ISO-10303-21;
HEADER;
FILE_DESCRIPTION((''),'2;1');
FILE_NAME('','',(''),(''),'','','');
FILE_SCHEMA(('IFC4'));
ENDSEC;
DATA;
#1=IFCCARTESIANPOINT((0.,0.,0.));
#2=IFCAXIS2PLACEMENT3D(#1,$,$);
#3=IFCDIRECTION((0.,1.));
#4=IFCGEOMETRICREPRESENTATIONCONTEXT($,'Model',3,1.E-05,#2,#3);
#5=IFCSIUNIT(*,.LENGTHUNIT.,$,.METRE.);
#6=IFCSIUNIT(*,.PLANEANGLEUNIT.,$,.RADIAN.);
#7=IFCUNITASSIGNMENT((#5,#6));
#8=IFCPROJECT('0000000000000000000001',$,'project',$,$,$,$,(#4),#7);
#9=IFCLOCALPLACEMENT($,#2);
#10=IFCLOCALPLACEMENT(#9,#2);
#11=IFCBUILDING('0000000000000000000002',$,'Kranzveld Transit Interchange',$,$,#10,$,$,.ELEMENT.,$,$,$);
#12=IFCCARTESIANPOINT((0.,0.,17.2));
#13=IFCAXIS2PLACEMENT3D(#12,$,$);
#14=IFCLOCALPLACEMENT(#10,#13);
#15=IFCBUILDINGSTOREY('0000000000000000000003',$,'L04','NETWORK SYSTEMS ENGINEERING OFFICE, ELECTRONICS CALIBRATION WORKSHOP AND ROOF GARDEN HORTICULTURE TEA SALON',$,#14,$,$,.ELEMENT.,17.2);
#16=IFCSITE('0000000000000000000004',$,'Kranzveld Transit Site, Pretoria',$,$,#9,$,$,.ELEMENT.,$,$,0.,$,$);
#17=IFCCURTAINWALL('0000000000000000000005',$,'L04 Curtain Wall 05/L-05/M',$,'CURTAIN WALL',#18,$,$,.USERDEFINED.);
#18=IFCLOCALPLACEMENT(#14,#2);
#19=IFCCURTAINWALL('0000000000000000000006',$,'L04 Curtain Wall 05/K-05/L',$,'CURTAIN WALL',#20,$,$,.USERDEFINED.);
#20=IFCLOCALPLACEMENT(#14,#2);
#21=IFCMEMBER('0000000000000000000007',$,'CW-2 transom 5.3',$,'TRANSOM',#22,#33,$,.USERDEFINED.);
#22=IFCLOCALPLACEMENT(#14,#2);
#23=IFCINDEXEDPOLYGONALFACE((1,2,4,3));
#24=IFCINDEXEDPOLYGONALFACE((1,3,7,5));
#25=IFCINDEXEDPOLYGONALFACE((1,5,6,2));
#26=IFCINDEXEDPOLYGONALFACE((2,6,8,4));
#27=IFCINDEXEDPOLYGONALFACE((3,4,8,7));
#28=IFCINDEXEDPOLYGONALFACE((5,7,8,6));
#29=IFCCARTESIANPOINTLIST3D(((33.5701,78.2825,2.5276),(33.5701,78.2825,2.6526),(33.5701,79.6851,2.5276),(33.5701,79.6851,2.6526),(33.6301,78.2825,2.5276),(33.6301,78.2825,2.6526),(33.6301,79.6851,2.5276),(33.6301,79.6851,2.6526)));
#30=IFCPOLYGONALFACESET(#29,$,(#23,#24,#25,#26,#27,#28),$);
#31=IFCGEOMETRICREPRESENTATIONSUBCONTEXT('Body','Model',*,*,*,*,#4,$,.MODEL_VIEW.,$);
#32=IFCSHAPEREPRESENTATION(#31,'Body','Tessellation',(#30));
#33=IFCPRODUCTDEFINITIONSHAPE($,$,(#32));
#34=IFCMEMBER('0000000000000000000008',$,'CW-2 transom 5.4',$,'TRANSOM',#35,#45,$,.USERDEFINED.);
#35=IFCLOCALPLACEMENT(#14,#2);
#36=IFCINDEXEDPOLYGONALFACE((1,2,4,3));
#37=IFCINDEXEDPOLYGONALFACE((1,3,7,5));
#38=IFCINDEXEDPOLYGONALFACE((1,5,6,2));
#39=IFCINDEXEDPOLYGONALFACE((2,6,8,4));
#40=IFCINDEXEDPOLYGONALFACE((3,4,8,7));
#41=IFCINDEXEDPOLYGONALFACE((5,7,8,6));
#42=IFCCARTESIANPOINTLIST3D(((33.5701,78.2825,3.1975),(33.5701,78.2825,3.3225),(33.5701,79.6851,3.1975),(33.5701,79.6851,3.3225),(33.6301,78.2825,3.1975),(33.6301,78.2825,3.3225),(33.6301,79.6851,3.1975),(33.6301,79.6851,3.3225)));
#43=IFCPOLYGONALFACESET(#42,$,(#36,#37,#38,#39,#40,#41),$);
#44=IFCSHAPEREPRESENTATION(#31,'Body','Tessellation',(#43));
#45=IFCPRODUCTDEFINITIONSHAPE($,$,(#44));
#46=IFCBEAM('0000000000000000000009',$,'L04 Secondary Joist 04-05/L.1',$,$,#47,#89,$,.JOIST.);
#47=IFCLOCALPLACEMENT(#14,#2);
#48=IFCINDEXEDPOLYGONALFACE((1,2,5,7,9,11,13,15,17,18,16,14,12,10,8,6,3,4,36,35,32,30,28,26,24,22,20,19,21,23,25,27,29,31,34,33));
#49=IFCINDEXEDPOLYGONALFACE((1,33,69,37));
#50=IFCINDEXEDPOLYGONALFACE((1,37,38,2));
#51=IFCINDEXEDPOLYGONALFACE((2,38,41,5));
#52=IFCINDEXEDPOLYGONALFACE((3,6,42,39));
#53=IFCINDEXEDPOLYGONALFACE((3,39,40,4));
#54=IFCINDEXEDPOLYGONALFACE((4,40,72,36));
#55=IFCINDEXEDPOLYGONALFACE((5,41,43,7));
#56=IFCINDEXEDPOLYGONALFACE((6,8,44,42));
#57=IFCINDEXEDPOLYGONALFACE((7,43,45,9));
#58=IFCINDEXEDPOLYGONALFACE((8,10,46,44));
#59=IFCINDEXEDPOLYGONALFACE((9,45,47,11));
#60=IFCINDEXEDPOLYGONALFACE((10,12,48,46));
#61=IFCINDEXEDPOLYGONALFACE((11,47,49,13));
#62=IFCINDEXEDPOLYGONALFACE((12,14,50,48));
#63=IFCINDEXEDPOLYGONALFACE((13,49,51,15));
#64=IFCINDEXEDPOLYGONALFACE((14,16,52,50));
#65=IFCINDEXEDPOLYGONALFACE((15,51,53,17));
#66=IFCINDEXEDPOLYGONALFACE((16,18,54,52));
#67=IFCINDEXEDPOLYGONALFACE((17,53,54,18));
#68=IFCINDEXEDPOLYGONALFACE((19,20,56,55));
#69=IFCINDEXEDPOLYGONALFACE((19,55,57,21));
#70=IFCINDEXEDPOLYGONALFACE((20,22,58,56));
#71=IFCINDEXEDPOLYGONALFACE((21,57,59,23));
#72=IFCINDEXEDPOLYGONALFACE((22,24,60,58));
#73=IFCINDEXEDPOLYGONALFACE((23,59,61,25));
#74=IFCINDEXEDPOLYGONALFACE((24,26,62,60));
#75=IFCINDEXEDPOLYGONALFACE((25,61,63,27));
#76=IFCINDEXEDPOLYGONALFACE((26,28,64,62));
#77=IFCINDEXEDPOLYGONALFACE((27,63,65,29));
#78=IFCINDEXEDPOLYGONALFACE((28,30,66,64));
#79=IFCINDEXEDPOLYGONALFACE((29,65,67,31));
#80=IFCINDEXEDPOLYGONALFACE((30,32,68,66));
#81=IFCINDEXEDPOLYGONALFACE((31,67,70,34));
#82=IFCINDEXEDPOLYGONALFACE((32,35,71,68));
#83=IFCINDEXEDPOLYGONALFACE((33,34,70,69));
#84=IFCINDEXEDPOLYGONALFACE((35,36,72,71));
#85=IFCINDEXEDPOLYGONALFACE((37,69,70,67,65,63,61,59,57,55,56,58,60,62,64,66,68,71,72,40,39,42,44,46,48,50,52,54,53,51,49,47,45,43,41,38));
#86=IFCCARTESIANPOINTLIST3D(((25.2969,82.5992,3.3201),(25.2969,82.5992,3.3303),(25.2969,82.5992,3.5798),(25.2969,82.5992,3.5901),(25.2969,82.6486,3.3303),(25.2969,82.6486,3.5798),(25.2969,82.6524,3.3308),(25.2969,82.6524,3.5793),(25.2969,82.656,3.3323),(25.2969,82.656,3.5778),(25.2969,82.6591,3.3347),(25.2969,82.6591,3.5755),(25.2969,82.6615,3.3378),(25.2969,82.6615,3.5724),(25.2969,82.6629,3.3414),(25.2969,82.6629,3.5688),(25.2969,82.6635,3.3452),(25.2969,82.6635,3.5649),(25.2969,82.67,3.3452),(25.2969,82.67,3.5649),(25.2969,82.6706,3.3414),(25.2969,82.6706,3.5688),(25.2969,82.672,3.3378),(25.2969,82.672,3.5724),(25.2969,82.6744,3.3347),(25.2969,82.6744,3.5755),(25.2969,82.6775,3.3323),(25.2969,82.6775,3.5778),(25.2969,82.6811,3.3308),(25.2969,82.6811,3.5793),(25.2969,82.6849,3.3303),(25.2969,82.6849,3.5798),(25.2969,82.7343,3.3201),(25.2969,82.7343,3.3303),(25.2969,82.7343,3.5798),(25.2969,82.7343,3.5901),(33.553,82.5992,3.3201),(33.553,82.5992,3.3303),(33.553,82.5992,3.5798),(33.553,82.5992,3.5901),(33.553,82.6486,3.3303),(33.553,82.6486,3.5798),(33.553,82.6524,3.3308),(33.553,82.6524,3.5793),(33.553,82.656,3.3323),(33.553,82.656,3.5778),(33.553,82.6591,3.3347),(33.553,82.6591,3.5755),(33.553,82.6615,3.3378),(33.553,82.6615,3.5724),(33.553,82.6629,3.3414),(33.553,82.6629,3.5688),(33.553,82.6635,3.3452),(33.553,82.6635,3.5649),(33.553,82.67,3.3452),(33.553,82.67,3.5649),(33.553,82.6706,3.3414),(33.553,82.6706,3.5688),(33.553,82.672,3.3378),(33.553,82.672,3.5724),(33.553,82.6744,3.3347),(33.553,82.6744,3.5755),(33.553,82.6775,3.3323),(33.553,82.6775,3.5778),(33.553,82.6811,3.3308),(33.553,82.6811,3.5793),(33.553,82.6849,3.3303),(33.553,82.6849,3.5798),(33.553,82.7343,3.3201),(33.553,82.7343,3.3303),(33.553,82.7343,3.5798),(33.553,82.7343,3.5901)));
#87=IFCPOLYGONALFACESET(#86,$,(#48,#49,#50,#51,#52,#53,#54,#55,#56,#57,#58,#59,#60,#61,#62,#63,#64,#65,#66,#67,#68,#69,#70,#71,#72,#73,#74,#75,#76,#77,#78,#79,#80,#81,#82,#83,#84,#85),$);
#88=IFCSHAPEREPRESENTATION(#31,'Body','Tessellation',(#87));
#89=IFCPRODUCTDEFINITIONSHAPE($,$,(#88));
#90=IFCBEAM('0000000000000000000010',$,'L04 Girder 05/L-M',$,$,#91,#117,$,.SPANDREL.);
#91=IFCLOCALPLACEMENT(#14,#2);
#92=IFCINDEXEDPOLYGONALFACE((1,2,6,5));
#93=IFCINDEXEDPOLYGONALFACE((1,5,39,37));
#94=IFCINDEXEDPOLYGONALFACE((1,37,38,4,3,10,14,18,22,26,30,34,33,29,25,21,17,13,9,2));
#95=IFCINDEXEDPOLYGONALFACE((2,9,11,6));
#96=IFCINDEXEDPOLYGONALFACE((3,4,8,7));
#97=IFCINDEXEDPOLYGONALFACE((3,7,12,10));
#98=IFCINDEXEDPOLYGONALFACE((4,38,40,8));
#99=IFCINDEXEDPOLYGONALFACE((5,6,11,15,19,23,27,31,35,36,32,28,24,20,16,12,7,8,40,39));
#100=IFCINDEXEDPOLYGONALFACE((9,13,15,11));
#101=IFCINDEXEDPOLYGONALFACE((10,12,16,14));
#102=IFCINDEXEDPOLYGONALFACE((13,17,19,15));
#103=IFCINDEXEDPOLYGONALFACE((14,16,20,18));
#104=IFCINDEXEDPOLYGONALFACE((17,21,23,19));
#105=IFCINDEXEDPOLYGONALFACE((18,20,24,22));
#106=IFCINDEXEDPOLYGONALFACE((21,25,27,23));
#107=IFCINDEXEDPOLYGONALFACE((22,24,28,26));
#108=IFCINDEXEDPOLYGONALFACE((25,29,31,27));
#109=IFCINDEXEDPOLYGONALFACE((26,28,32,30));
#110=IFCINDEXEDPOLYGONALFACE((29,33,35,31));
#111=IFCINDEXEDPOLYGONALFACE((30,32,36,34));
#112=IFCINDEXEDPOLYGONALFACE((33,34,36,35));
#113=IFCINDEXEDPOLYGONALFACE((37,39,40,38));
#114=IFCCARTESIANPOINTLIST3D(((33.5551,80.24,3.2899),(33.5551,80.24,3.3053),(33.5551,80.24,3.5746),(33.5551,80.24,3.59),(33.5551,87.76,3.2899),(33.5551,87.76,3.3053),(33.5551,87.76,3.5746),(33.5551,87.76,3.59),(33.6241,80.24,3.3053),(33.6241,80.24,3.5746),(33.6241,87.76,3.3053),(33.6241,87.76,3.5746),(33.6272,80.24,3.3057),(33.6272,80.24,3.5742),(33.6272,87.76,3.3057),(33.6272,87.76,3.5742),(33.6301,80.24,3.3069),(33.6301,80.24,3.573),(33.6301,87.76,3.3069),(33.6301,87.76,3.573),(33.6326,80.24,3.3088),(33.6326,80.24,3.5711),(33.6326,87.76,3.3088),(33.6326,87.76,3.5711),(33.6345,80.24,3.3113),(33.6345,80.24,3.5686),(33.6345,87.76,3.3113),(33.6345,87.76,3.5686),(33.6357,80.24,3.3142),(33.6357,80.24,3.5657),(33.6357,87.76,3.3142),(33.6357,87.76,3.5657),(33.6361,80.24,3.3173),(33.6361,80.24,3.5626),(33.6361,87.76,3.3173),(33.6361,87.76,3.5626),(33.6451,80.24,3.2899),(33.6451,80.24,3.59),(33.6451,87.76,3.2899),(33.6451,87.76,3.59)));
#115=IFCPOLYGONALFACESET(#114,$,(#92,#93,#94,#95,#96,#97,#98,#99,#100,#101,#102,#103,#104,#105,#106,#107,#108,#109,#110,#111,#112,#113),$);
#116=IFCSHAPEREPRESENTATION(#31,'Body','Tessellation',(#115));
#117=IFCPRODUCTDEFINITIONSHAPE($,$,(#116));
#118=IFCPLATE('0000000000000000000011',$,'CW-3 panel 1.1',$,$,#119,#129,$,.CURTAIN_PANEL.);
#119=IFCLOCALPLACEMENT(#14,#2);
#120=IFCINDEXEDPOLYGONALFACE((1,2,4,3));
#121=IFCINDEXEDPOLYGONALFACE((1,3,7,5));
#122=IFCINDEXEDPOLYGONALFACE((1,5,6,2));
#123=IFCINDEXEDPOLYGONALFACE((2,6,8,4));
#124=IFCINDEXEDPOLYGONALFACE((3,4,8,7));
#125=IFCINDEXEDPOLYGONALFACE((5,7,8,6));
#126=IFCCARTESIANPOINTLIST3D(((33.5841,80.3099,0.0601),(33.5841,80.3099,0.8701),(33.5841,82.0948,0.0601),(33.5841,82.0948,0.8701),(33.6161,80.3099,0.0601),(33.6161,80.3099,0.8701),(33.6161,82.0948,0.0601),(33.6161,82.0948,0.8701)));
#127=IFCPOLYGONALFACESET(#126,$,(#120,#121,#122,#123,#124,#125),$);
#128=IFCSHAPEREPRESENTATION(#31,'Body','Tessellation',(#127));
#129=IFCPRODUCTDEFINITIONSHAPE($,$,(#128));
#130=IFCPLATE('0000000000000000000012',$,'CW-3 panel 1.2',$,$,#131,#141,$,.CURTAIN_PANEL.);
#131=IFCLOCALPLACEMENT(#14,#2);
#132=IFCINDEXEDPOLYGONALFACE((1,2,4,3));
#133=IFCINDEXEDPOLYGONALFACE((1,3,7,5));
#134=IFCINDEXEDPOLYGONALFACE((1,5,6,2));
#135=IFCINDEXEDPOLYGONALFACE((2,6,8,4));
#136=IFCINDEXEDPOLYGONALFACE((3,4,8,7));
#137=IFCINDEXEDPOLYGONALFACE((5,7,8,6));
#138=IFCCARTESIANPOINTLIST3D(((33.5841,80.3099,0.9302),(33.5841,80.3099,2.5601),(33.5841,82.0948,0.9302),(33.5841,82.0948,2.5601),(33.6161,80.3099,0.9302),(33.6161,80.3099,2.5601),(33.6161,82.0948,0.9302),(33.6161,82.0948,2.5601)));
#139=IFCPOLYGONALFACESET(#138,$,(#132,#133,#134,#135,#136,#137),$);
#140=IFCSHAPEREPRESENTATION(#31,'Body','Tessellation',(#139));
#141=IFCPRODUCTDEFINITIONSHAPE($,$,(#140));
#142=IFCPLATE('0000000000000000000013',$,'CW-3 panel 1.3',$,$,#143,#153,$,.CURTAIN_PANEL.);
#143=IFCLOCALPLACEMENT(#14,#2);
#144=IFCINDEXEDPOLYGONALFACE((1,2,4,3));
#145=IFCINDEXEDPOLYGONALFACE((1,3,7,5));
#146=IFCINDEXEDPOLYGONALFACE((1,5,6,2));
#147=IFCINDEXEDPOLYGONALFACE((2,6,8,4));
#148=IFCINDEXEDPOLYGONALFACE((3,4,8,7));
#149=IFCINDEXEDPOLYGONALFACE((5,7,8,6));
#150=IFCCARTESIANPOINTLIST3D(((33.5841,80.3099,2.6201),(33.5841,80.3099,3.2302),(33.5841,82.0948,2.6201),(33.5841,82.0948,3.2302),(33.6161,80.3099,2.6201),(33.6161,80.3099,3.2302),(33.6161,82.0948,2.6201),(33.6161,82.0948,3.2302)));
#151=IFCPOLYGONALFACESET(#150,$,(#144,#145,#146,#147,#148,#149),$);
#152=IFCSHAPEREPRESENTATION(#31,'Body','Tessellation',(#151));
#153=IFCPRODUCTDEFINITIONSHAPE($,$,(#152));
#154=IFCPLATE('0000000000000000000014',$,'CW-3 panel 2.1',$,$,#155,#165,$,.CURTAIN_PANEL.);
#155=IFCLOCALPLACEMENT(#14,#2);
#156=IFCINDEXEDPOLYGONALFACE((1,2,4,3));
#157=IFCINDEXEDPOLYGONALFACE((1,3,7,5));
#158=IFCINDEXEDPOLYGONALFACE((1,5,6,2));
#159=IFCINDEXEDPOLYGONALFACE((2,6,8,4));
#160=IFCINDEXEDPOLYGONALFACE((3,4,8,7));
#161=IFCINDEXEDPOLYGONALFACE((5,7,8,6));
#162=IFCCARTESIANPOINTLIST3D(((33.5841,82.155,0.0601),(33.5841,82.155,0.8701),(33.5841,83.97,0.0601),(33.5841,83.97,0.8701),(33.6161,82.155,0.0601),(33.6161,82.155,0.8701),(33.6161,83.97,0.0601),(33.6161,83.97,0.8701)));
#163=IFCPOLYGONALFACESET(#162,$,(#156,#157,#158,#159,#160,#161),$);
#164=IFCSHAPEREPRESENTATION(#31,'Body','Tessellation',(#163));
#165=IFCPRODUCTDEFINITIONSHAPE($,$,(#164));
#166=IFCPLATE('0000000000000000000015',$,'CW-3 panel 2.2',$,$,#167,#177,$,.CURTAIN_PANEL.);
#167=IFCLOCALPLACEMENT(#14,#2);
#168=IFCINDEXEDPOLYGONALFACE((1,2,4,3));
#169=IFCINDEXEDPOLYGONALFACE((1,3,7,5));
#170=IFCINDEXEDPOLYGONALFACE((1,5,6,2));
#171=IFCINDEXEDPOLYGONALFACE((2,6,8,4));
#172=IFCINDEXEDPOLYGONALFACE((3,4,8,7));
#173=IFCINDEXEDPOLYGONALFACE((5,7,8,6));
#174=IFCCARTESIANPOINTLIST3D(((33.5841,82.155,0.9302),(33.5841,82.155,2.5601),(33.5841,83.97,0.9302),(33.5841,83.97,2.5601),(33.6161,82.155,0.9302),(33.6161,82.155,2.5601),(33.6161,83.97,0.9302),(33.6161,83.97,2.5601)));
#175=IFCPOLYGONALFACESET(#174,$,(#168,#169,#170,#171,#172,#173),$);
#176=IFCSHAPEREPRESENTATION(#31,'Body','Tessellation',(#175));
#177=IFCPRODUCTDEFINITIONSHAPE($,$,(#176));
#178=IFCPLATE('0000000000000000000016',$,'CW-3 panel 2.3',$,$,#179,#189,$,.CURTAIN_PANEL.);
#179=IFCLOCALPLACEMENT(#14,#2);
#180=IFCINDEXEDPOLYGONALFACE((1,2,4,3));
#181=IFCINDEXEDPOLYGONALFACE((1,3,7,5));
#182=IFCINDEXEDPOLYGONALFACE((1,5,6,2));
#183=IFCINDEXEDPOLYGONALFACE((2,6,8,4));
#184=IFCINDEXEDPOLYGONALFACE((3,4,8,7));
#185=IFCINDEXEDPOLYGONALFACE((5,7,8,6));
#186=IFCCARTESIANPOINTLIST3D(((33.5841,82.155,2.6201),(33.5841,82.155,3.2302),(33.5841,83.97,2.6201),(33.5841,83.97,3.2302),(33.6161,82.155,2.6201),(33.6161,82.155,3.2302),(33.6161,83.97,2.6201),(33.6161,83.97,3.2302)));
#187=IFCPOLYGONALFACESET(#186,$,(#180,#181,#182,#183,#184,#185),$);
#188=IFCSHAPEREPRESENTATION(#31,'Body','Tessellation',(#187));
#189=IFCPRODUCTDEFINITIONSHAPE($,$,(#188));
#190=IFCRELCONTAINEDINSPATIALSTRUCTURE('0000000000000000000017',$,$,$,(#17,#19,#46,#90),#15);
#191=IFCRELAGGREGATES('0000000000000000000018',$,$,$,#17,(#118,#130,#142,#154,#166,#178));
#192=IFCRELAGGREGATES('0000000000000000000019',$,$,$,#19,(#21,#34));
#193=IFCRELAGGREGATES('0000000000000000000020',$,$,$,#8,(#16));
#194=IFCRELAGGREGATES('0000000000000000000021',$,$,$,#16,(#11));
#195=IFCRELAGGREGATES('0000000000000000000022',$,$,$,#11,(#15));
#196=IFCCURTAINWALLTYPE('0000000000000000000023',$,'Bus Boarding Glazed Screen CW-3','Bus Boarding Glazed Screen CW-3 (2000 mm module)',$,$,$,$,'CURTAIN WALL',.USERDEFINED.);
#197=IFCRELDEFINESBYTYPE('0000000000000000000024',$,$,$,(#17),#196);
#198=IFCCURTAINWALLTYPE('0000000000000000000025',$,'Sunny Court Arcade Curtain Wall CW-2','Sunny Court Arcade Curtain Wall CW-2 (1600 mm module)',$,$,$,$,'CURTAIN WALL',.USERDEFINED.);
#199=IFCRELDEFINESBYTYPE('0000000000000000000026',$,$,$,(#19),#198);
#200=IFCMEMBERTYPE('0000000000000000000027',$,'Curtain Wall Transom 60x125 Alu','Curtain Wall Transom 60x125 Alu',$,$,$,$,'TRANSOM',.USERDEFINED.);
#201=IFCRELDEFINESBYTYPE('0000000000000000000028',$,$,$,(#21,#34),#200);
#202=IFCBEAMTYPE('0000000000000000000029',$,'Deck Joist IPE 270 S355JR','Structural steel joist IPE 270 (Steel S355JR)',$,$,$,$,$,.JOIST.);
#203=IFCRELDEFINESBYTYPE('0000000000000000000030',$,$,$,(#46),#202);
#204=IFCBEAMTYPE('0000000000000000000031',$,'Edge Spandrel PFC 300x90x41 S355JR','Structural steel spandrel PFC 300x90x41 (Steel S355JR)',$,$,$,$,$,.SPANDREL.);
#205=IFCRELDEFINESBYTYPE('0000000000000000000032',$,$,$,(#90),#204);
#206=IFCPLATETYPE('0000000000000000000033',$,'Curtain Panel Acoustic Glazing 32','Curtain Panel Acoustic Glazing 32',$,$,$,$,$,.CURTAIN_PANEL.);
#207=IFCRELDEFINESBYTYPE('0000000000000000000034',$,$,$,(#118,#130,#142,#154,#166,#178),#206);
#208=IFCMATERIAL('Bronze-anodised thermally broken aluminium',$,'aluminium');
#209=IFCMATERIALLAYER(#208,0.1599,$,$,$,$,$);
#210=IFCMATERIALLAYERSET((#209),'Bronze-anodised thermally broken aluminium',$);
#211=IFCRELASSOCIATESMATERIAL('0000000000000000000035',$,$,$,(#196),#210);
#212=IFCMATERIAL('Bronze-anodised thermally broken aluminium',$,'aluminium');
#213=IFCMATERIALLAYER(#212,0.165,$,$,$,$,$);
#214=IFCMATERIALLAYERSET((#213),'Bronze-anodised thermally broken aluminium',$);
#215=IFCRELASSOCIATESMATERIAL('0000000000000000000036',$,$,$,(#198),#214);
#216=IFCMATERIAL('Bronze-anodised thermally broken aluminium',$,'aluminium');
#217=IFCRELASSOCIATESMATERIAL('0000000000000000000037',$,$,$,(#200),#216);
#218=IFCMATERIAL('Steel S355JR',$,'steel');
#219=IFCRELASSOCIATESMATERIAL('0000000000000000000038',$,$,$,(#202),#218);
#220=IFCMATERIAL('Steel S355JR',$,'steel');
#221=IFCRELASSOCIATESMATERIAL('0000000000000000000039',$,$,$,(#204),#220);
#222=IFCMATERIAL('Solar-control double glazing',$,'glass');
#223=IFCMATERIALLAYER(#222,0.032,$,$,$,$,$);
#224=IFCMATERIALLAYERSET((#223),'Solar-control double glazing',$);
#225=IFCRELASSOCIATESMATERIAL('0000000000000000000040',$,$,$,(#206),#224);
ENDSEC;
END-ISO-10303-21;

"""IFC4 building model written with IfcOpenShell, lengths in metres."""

from ifc_helpers import new_model, si_unit, direction, frame, origin, origin_2d, place, context, subcontext, project, spatial, rectangle, i_section, u_section, extrude, material, layer, layer_set, material_profile, profile_set, type_object, element, aggregate, save


model = new_model("IFC4")

# Units and contexts
model_context = context("Model", 3, precision=1e-05, world=origin(), true_north=direction((0.0, 1.0)))
body_context = subcontext(model_context, "Body", "Model", "MODEL_VIEW")
ifc_project = project(units=[si_unit("LENGTHUNIT", "METRE"), si_unit("PLANEANGLEUNIT", "RADIAN")], contexts=[model_context])

# Site, building, storey
site_placement = place(None, origin())
site = spatial("IfcSite", under=ifc_project, at=site_placement, Name="Kranzveld Transit Site, Pretoria", CompositionType="ELEMENT", RefElevation=0.0)
building_placement = place(site_placement, origin())
building = spatial("IfcBuilding", under=site, at=building_placement, Name="Kranzveld Transit Interchange", CompositionType="ELEMENT")
storey_placement = place(building_placement, frame((0.0, 0.0, 17.2)))
storey = spatial("IfcBuildingStorey", under=building, at=storey_placement, Name="L04", Description="NETWORK SYSTEMS ENGINEERING OFFICE, ELECTRONICS CALIBRATION WORKSHOP AND ROOF GARDEN HORTICULTURE TEA SALON", CompositionType="ELEMENT", Elevation=17.2)

# Curtain wall
ifc_material_1 = material(Name="Bronze-anodised thermally broken aluminium", Category="aluminium")
ifc_layer_1 = layer(ifc_material_1, 0.1599)
ifc_layer_set_1 = layer_set([ifc_layer_1], Name="Bronze-anodised thermally broken aluminium")
curtain_wall_type_1 = type_object("IfcCurtainWallType", Name="Bus Boarding Glazed Screen CW-3", Description="Bus Boarding Glazed Screen CW-3 (2000 mm module)", ElementType="CURTAIN WALL", PredefinedType="USERDEFINED", material=ifc_layer_set_1)
curtain_wall_1_placement = place(storey_placement, origin())
curtain_wall_1 = element("IfcCurtainWall", 1, at=curtain_wall_1_placement, inside=storey, type_object=curtain_wall_type_1, Name="L04 Curtain Wall 05/L-05/M", ObjectType="CURTAIN WALL", PredefinedType="USERDEFINED")

# Curtain wall
ifc_material_2 = material(Name="Bronze-anodised thermally broken aluminium", Category="aluminium")
ifc_layer_2 = layer(ifc_material_2, 0.165)
ifc_layer_set_2 = layer_set([ifc_layer_2], Name="Bronze-anodised thermally broken aluminium")
curtain_wall_type_2 = type_object("IfcCurtainWallType", Name="Sunny Court Arcade Curtain Wall CW-2", Description="Sunny Court Arcade Curtain Wall CW-2 (1600 mm module)", ElementType="CURTAIN WALL", PredefinedType="USERDEFINED", material=ifc_layer_set_2)
curtain_wall_2_placement = place(storey_placement, origin())
curtain_wall_2 = element("IfcCurtainWall", 2, at=curtain_wall_2_placement, inside=storey, type_object=curtain_wall_type_2, Name="L04 Curtain Wall 05/K-05/L", ObjectType="CURTAIN WALL", PredefinedType="USERDEFINED")

# Members
ifc_material_3 = material(Name="Bronze-anodised thermally broken aluminium", Category="aluminium")
ifc_material_profile_1 = material_profile(ifc_material_3, rectangle(XDim=0.0601, YDim=0.125, at=origin_2d()), Name="ALU TRANSOM 60x125")
ifc_profile_set_1 = profile_set([ifc_material_profile_1], Name="Bronze-anodised thermally broken aluminium")
member_type_1 = type_object("IfcMemberType", Name="Curtain Wall Transom 60x125 Alu", Description="Curtain Wall Transom 60x125 Alu", ElementType="TRANSOM", PredefinedType="USERDEFINED", material=ifc_profile_set_1)
member_1_placement = place(storey_placement, frame((33.6001, 78.2825, 2.5901), z_axis=(0.0, 1.0, 0.0), x_axis=(-1.0, 0.0, 0.0)))
member_1 = element("IfcMember", 3, at=member_1_placement, type_object=member_type_1, Name="CW-2 transom 5.3", ObjectType="TRANSOM", PredefinedType="USERDEFINED", context=body_context, shape_type="SweptSolid", body=[
    extrude(rectangle(XDim=0.0601, YDim=0.125, at=origin_2d()), origin(), (0.0, 0.0, 1.0), 1.4026),
])
member_2_placement = place(storey_placement, frame((33.6001, 78.2825, 3.26), z_axis=(0.0, 1.0, 0.0), x_axis=(-1.0, 0.0, 0.0)))
member_2 = element("IfcMember", 4, at=member_2_placement, type_object=member_type_1, Name="CW-2 transom 5.4", ObjectType="TRANSOM", PredefinedType="USERDEFINED", context=body_context, shape_type="SweptSolid", body=[
    extrude(rectangle(XDim=0.0601, YDim=0.125, at=origin_2d()), origin(), (0.0, 0.0, 1.0), 1.4026),
])

# Beams
ifc_material_4 = material(Name="Steel S355JR", Category="steel")
ifc_material_profile_2 = material_profile(ifc_material_4, i_section(OverallWidth=0.135, OverallDepth=0.27, WebThickness=0.0066, FlangeThickness=0.0103, FilletRadius=0.0149, at=origin_2d()), Name="IPE 270")
ifc_profile_set_2 = profile_set([ifc_material_profile_2], Name="Steel S355JR")
beam_type_1 = type_object("IfcBeamType", Name="Deck Joist IPE 270 S355JR", Description="Structural steel joist IPE 270 (Steel S355JR)", PredefinedType="JOIST", material=ifc_profile_set_2)
beam_1_placement = place(storey_placement, frame((25.2969, 82.6667, 3.4551), z_axis=(1.0, 0.0, 0.0), x_axis=(0.0, 1.0, 0.0)))
element("IfcBeam", 5, at=beam_1_placement, inside=storey, type_object=beam_type_1, Name="L04 Secondary Joist 04-05/L.1", PredefinedType="JOIST", context=body_context, shape_type="SweptSolid", body=[
    extrude(i_section(OverallWidth=0.135, OverallDepth=0.27, WebThickness=0.0066, FlangeThickness=0.0103, FilletRadius=0.0149, at=origin_2d()), origin(), (0.0, 0.0, 1.0), 8.2561),
])
ifc_material_5 = material(Name="Steel S355JR", Category="steel")
ifc_material_profile_3 = material_profile(ifc_material_5, u_section(Depth=0.3, FlangeWidth=0.0901, WebThickness=0.009, FlangeThickness=0.0154, FilletRadius=0.012, at=origin_2d()), Name="PFC 300x90x41")
ifc_profile_set_3 = profile_set([ifc_material_profile_3], Name="Steel S355JR")
beam_type_2 = type_object("IfcBeamType", Name="Edge Spandrel PFC 300x90x41 S355JR", Description="Structural steel spandrel PFC 300x90x41 (Steel S355JR)", PredefinedType="SPANDREL", material=ifc_profile_set_3)
beam_2_placement = place(storey_placement, frame((33.6001, 80.24, 3.4399), z_axis=(0.0, 1.0, 0.0), x_axis=(-1.0, 0.0, 0.0)))
element("IfcBeam", 6, at=beam_2_placement, inside=storey, type_object=beam_type_2, Name="L04 Girder 05/L-M", PredefinedType="SPANDREL", context=body_context, shape_type="SweptSolid", body=[
    extrude(u_section(Depth=0.3, FlangeWidth=0.0901, WebThickness=0.009, FlangeThickness=0.0154, FilletRadius=0.012, at=origin_2d()), origin(), (0.0, 0.0, 1.0), 7.52),
])

# Plates
ifc_material_6 = material(Name="Solar-control double glazing", Category="glass")
ifc_layer_3 = layer(ifc_material_6, 0.032)
ifc_layer_set_3 = layer_set([ifc_layer_3], Name="Solar-control double glazing")
plate_type_1 = type_object("IfcPlateType", Name="Curtain Panel Acoustic Glazing 32", Description="Curtain Panel Acoustic Glazing 32", PredefinedType="CURTAIN_PANEL", material=ifc_layer_set_3)
plate_1_placement = place(storey_placement, frame((33.6001, 81.2024, 0.0601), z_axis=(0.0, 0.0, 1.0), x_axis=(0.0, 1.0, 0.0)))
plate_1 = element("IfcPlate", 7, at=plate_1_placement, type_object=plate_type_1, Name="CW-3 panel 1.1", PredefinedType="CURTAIN_PANEL", context=body_context, shape_type="SweptSolid", body=[
    extrude(rectangle(XDim=1.7849, YDim=0.032, at=origin_2d()), origin(), (0.0, 0.0, 1.0), 0.8101),
])
plate_2_placement = place(storey_placement, frame((33.6001, 81.2024, 0.9302), z_axis=(0.0, 0.0, 1.0), x_axis=(0.0, 1.0, 0.0)))
plate_2 = element("IfcPlate", 8, at=plate_2_placement, type_object=plate_type_1, Name="CW-3 panel 1.2", PredefinedType="CURTAIN_PANEL", context=body_context, shape_type="SweptSolid", body=[
    extrude(rectangle(XDim=1.7849, YDim=0.032, at=origin_2d()), origin(), (0.0, 0.0, 1.0), 1.6299),
])
plate_3_placement = place(storey_placement, frame((33.6001, 81.2024, 2.6201), z_axis=(0.0, 0.0, 1.0), x_axis=(0.0, 1.0, 0.0)))
plate_3 = element("IfcPlate", 9, at=plate_3_placement, type_object=plate_type_1, Name="CW-3 panel 1.3", PredefinedType="CURTAIN_PANEL", context=body_context, shape_type="SweptSolid", body=[
    extrude(rectangle(XDim=1.7849, YDim=0.032, at=origin_2d()), origin(), (0.0, 0.0, 1.0), 0.6101),
])
plate_4_placement = place(storey_placement, frame((33.6001, 83.0625, 0.0601), z_axis=(0.0, 0.0, 1.0), x_axis=(0.0, 1.0, 0.0)))
plate_4 = element("IfcPlate", 10, at=plate_4_placement, type_object=plate_type_1, Name="CW-3 panel 2.1", PredefinedType="CURTAIN_PANEL", context=body_context, shape_type="SweptSolid", body=[
    extrude(rectangle(XDim=1.8149, YDim=0.032, at=origin_2d()), origin(), (0.0, 0.0, 1.0), 0.8101),
])
plate_5_placement = place(storey_placement, frame((33.6001, 83.0625, 0.9302), z_axis=(0.0, 0.0, 1.0), x_axis=(0.0, 1.0, 0.0)))
plate_5 = element("IfcPlate", 11, at=plate_5_placement, type_object=plate_type_1, Name="CW-3 panel 2.2", PredefinedType="CURTAIN_PANEL", context=body_context, shape_type="SweptSolid", body=[
    extrude(rectangle(XDim=1.8149, YDim=0.032, at=origin_2d()), origin(), (0.0, 0.0, 1.0), 1.6299),
])
plate_6_placement = place(storey_placement, frame((33.6001, 83.0625, 2.6201), z_axis=(0.0, 0.0, 1.0), x_axis=(0.0, 1.0, 0.0)))
plate_6 = element("IfcPlate", 12, at=plate_6_placement, type_object=plate_type_1, Name="CW-3 panel 2.3", PredefinedType="CURTAIN_PANEL", context=body_context, shape_type="SweptSolid", body=[
    extrude(rectangle(XDim=1.8149, YDim=0.032, at=origin_2d()), origin(), (0.0, 0.0, 1.0), 0.6101),
])
aggregate(curtain_wall_1, [plate_1, plate_2, plate_3, plate_4, plate_5, plate_6])
aggregate(curtain_wall_2, [member_1, member_2])

save(model, "model.ifc")
